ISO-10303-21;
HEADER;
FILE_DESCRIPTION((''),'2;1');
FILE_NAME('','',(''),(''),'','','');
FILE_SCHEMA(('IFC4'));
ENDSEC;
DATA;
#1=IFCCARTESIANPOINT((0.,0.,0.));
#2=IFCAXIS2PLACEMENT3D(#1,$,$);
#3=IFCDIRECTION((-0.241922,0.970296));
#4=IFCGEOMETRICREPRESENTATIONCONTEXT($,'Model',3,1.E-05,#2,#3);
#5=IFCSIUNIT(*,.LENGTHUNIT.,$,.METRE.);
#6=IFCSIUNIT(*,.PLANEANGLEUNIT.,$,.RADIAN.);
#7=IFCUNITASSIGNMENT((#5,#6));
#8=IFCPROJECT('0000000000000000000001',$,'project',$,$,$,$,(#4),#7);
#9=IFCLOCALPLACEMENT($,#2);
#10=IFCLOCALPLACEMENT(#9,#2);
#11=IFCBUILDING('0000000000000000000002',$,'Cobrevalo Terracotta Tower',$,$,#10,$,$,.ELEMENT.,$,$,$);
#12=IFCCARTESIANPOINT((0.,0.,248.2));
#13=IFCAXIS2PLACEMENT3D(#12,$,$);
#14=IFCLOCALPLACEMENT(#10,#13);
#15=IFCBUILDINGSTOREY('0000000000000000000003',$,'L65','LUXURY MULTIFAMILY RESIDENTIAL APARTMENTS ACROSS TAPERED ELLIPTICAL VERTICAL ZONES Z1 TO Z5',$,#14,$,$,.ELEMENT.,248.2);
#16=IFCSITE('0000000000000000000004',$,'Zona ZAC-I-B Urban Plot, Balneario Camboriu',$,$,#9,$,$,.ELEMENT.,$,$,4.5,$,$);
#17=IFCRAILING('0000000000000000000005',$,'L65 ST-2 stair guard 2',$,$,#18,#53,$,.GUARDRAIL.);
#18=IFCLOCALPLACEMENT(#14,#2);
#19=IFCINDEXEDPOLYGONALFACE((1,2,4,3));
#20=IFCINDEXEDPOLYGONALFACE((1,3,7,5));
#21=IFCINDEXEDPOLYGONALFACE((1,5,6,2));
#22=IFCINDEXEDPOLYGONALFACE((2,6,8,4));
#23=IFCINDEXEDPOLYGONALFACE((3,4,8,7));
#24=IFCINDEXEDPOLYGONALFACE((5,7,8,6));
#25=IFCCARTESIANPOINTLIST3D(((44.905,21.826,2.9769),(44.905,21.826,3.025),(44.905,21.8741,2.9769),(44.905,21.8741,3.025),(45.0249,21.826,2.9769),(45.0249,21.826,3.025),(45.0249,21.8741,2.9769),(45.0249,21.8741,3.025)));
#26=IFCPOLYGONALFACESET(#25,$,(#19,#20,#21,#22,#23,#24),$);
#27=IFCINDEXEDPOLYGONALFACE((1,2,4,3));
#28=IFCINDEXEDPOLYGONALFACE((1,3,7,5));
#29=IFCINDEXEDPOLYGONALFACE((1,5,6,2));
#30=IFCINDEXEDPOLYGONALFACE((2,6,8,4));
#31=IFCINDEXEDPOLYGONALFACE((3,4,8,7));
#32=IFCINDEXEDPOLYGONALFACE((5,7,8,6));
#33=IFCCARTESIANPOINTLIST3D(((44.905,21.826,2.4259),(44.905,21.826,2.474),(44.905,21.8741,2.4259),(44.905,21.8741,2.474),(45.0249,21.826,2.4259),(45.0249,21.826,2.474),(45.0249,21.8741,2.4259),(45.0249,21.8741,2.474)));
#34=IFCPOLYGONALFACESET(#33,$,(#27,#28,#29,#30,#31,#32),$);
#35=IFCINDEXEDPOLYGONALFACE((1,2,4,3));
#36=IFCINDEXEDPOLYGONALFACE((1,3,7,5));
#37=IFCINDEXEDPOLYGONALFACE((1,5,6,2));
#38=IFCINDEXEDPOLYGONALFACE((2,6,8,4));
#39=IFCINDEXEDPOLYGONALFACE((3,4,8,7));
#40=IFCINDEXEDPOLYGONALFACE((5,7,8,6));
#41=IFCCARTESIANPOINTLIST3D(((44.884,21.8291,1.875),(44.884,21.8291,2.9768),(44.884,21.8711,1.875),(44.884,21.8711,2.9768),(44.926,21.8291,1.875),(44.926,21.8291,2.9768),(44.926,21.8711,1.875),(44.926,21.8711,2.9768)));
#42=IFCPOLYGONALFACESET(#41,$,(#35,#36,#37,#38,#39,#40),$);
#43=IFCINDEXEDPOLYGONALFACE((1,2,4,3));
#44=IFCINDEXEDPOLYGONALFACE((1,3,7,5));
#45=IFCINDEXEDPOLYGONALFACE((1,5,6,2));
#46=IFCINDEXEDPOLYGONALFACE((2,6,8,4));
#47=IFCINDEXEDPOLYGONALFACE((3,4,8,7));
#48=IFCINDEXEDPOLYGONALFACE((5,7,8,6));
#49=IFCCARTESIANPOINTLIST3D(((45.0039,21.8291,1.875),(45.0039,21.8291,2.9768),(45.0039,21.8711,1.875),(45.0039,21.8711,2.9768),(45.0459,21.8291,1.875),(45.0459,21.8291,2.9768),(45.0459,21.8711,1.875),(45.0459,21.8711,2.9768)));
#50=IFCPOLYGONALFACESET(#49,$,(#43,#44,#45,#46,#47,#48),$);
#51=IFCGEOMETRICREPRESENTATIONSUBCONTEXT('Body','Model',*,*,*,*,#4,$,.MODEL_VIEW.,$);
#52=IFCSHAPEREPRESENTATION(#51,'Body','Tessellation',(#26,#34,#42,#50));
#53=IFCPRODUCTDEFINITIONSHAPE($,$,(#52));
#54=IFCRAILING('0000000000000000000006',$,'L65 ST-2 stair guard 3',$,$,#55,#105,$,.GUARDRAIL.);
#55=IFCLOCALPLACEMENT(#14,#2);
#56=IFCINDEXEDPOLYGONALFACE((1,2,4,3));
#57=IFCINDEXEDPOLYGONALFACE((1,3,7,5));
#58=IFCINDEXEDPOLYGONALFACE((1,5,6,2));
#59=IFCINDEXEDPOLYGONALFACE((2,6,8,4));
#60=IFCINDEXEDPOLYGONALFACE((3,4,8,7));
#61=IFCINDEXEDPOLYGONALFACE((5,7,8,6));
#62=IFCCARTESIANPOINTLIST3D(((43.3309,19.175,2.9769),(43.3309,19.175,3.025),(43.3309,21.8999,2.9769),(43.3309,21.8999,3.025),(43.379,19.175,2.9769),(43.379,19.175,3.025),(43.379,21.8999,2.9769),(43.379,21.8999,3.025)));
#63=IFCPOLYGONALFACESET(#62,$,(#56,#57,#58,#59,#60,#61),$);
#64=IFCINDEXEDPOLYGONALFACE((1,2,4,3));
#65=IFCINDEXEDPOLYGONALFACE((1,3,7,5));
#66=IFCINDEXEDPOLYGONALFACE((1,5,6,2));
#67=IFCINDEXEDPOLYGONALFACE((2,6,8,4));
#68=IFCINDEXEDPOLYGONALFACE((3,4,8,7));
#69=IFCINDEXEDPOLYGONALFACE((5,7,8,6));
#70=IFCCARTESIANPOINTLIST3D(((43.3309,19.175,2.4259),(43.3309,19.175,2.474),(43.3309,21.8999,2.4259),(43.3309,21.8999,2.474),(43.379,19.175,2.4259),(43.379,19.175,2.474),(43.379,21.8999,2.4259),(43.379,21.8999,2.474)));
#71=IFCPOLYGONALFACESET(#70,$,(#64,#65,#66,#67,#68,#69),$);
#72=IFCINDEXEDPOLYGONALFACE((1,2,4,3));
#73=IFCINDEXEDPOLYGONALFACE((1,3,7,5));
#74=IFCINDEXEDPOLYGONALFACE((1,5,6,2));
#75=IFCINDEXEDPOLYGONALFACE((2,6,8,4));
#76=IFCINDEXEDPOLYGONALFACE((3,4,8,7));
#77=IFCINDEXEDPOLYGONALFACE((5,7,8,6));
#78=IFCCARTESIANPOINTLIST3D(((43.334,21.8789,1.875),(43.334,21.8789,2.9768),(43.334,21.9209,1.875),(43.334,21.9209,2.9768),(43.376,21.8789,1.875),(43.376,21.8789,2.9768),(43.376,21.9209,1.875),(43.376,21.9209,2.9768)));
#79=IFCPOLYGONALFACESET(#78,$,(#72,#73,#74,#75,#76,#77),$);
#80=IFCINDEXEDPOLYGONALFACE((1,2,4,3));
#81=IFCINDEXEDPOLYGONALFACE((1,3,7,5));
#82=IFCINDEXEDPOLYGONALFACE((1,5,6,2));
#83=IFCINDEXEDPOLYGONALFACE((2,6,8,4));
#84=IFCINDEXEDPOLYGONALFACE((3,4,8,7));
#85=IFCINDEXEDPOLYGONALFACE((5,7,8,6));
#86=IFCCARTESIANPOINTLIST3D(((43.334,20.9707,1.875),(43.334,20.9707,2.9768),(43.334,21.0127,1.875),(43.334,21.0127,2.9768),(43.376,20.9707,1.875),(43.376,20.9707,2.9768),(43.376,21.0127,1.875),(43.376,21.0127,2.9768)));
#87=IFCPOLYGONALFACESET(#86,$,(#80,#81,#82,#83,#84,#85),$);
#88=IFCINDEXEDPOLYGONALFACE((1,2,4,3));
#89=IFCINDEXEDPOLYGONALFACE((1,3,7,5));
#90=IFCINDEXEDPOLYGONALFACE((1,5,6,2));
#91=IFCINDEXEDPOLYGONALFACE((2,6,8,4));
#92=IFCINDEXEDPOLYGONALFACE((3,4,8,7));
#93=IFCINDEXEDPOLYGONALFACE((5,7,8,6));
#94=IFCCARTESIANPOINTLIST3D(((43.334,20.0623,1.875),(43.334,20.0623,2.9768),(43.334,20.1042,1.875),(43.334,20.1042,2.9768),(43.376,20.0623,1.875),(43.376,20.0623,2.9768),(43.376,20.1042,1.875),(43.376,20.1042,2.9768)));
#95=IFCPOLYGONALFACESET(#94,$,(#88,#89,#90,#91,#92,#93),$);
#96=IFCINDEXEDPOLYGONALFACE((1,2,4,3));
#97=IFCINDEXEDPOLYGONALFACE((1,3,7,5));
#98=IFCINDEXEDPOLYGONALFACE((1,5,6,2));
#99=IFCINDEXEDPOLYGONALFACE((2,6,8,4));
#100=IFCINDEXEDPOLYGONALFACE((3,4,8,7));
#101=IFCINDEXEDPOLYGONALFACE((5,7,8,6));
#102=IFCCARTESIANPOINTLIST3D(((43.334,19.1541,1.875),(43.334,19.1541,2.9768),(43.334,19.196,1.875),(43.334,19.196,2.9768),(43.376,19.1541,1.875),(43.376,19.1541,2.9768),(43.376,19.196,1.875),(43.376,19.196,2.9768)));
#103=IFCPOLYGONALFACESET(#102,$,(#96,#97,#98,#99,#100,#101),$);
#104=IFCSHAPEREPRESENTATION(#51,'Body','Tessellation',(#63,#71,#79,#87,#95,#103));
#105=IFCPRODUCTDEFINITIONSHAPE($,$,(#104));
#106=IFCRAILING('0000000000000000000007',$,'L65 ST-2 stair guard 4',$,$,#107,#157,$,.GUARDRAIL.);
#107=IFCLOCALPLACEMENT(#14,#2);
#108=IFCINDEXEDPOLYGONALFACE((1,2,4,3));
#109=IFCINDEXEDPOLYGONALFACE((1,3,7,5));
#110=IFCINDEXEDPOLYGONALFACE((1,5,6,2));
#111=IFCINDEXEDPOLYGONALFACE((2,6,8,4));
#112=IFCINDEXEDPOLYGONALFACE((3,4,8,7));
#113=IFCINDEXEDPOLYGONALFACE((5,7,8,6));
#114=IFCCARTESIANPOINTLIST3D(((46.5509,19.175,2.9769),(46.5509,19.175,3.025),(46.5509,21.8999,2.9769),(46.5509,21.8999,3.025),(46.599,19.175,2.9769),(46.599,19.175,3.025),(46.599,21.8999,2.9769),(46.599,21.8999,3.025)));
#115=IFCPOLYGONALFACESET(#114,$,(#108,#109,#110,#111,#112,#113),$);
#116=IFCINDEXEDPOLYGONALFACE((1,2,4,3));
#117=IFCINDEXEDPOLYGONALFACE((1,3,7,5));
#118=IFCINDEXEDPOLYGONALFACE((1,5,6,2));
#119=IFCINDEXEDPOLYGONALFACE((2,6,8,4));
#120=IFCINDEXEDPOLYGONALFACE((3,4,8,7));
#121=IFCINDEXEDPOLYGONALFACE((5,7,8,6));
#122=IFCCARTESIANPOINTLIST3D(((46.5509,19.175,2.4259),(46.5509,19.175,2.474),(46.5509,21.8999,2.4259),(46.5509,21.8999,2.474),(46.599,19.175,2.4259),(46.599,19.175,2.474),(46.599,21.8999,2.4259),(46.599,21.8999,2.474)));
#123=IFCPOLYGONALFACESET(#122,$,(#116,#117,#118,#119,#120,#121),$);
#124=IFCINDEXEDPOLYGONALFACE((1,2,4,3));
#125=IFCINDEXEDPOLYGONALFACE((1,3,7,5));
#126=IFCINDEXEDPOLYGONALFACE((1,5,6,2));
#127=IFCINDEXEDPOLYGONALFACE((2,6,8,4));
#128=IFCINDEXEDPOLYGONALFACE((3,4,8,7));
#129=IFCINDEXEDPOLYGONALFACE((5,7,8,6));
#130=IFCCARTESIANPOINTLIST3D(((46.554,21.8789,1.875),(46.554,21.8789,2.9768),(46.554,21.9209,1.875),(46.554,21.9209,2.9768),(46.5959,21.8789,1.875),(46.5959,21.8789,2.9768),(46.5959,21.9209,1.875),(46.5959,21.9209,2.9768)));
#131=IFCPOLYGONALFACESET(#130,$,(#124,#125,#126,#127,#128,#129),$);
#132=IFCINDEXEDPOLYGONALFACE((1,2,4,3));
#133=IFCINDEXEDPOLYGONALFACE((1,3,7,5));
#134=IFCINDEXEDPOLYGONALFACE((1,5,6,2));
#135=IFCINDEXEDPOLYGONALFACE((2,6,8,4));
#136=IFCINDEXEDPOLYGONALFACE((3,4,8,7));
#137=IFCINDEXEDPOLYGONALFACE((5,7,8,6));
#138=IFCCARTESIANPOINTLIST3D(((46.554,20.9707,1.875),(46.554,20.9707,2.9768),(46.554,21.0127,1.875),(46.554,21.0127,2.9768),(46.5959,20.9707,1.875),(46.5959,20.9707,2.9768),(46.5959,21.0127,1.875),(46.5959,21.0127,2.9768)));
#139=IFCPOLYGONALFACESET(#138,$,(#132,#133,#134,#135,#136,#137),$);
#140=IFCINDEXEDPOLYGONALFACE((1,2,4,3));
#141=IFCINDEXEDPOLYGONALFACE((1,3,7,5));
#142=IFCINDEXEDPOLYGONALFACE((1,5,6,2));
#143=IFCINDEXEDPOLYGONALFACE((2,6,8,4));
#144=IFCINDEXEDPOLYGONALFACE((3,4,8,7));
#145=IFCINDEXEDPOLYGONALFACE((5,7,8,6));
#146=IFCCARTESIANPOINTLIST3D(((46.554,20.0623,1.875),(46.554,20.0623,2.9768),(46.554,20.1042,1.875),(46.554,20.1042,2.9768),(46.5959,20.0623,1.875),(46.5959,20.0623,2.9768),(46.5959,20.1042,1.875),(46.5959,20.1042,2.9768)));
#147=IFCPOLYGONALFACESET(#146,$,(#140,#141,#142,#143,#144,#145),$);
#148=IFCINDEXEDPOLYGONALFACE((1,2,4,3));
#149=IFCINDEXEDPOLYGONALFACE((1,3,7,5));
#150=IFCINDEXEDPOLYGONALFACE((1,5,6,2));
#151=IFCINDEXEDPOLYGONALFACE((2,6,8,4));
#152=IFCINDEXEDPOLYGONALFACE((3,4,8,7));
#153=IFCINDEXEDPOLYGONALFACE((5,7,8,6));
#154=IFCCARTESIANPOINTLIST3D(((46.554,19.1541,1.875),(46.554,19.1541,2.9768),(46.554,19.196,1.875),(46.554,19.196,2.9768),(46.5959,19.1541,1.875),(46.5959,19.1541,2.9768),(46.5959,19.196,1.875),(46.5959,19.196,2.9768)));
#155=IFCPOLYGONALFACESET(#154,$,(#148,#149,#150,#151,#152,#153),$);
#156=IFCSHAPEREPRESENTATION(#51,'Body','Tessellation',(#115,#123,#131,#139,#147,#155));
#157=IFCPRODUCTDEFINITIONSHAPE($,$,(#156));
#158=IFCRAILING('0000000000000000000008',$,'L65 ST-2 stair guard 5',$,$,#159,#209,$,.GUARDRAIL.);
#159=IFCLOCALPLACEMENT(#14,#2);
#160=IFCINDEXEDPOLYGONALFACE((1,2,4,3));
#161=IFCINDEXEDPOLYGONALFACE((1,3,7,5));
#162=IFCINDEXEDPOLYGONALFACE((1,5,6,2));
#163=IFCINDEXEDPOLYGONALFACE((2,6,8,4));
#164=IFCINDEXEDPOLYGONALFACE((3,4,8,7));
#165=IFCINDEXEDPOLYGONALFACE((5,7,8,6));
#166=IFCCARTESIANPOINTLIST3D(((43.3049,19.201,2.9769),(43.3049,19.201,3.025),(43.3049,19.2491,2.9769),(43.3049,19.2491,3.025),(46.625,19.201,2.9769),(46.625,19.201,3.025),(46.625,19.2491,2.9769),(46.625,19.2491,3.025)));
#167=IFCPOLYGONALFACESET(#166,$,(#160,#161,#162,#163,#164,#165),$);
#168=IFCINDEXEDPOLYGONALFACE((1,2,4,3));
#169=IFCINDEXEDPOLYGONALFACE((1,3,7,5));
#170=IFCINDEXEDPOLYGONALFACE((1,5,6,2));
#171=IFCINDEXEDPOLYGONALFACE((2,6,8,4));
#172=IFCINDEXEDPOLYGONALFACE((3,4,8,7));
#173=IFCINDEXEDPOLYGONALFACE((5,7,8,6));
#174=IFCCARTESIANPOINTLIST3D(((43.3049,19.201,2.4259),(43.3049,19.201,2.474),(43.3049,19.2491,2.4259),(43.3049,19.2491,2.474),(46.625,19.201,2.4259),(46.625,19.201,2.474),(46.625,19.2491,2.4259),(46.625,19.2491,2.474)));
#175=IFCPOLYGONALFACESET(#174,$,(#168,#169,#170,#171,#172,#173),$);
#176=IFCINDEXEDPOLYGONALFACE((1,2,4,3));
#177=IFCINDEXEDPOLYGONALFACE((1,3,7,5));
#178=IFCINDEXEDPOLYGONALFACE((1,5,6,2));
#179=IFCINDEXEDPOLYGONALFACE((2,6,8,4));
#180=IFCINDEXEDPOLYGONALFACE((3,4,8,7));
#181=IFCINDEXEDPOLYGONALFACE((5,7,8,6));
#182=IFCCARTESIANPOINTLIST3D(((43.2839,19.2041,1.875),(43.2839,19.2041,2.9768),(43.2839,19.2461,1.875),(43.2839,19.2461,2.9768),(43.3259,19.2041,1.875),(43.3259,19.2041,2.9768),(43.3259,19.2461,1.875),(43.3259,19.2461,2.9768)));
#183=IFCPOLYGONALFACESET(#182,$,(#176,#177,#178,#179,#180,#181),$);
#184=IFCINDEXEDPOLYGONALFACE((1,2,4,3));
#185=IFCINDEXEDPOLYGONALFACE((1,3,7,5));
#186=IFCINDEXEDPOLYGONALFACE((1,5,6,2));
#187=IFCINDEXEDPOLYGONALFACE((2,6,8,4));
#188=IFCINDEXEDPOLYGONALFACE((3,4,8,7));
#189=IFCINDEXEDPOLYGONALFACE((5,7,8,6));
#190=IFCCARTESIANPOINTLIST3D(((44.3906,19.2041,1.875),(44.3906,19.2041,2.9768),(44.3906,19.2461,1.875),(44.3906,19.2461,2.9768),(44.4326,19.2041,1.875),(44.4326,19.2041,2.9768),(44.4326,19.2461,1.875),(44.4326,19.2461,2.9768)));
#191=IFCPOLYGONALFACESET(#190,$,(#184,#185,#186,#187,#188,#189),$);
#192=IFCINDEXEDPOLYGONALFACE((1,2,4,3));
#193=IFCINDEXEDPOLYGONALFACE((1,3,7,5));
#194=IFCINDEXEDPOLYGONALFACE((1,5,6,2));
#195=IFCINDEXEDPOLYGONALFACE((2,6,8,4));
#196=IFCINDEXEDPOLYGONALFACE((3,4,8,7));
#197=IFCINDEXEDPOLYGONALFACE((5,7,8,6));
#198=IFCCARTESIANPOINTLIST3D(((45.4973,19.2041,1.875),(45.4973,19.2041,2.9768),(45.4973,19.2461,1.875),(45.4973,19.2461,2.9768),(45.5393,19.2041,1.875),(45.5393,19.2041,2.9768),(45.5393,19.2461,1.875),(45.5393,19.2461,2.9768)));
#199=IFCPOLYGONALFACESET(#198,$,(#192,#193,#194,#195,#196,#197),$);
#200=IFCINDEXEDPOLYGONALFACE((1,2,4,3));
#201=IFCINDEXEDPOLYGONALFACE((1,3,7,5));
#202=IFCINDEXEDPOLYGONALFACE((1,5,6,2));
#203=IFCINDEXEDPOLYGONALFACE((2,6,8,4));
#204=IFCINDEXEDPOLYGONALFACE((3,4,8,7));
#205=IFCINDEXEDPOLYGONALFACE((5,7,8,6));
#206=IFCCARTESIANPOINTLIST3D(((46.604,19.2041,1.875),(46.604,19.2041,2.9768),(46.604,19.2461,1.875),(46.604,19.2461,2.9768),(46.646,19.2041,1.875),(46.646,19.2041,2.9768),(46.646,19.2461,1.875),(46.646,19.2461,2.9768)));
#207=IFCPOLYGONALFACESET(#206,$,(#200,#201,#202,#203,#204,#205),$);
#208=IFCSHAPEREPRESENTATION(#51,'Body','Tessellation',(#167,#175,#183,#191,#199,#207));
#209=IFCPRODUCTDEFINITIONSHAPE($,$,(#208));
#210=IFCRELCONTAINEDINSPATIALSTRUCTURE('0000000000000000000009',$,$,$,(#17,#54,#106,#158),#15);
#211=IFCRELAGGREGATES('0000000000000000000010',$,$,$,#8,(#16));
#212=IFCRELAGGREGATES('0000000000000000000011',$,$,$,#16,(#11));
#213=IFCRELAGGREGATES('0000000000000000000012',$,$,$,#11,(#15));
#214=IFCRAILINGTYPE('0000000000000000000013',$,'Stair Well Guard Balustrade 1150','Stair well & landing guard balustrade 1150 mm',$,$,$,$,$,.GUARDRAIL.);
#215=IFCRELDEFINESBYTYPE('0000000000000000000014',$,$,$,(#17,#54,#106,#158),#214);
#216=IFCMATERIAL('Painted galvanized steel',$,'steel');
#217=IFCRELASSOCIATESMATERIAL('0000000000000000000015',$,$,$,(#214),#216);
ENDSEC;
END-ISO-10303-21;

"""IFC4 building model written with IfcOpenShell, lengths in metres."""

from ifc_helpers import new_model, si_unit, direction, frame, origin, origin_2d, place, context, subcontext, project, spatial, rectangle, extrude, material, type_object, element, save


model = new_model("IFC4")

# Units and contexts
model_context = context("Model", 3, precision=1e-05, world=origin(), true_north=direction((-0.241922, 0.970296)))
body_context = subcontext(model_context, "Body", "Model", "MODEL_VIEW")
ifc_project = project(units=[si_unit("LENGTHUNIT", "METRE"), si_unit("PLANEANGLEUNIT", "RADIAN")], contexts=[model_context])

# Site, building, storey
site_placement = place(None, origin())
site = spatial("IfcSite", under=ifc_project, at=site_placement, Name="Zona ZAC-I-B Urban Plot, Balneario Camboriu", CompositionType="ELEMENT", RefElevation=4.5)
building_placement = place(site_placement, origin())
building = spatial("IfcBuilding", under=site, at=building_placement, Name="Cobrevalo Terracotta Tower", CompositionType="ELEMENT")
storey_placement = place(building_placement, frame((0.0, 0.0, 248.2)))
storey = spatial("IfcBuildingStorey", under=building, at=storey_placement, Name="L65", Description="LUXURY MULTIFAMILY RESIDENTIAL APARTMENTS ACROSS TAPERED ELLIPTICAL VERTICAL ZONES Z1 TO Z5", CompositionType="ELEMENT", Elevation=248.2)

# Railings
ifc_material_1 = material(Name="Painted galvanized steel", Category="steel")
railing_type_1 = type_object("IfcRailingType", Name="Stair Well Guard Balustrade 1150", Description="Stair well & landing guard balustrade 1150 mm", PredefinedType="GUARDRAIL", material=ifc_material_1)
railing_1_placement = place(storey_placement, frame((44.905, 21.8501, 1.875)))
element("IfcRailing", 1, at=railing_1_placement, inside=storey, type_object=railing_type_1, Name="L65 ST-2 stair guard 2", PredefinedType="GUARDRAIL", context=body_context, shape_type="SweptSolid", body=[
    extrude(rectangle(XDim=0.0481, YDim=0.0481, at=origin_2d()), frame((0.0, 0.0, 1.126), z_axis=(1.0, 0.0, 0.0), x_axis=(0.0, 1.0, 0.0)), (0.0, 0.0, 1.0), 0.1199),
    extrude(rectangle(XDim=0.0481, YDim=0.0481, at=origin_2d()), frame((0.0, 0.0, 0.575), z_axis=(1.0, 0.0, 0.0), x_axis=(0.0, 1.0, 0.0)), (0.0, 0.0, 1.0), 0.1199),
    extrude(rectangle(XDim=0.042, YDim=0.042, at=origin_2d()), origin(), (0.0, 0.0, 1.0), 1.1018),
    extrude(rectangle(XDim=0.042, YDim=0.042, at=origin_2d()), frame((0.1199, 0.0, 0.0)), (0.0, 0.0, 1.0), 1.1018),
])
for number, where, name in (
    (2, (43.355, 21.8999, 1.875), "L65 ST-2 stair guard 3"),
    (3, (46.575, 21.8999, 1.875), "L65 ST-2 stair guard 4"),
):
    element("IfcRailing", number, at=place(storey_placement, frame(where)), inside=storey, type_object=railing_type_1, Name=name, PredefinedType="GUARDRAIL", context=body_context, shape_type="SweptSolid", body=[
        extrude(rectangle(XDim=0.0481, YDim=0.0481, at=origin_2d()), frame((0.0, 0.0, 1.126), z_axis=(0.0, -1.0, 0.0), x_axis=(1.0, 0.0, 0.0)), (0.0, 0.0, 1.0), 2.7249),
        extrude(rectangle(XDim=0.0481, YDim=0.0481, at=origin_2d()), frame((0.0, 0.0, 0.575), z_axis=(0.0, -1.0, 0.0), x_axis=(1.0, 0.0, 0.0)), (0.0, 0.0, 1.0), 2.7249),
        extrude(rectangle(XDim=0.042, YDim=0.042, at=origin_2d()), origin(), (0.0, 0.0, 1.0), 1.1018),
        extrude(rectangle(XDim=0.042, YDim=0.042, at=origin_2d()), frame((0.0, -0.9082, 0.0)), (0.0, 0.0, 1.0), 1.1018),
        extrude(rectangle(XDim=0.042, YDim=0.042, at=origin_2d()), frame((0.0, -1.8167, 0.0)), (0.0, 0.0, 1.0), 1.1018),
        extrude(rectangle(XDim=0.042, YDim=0.042, at=origin_2d()), frame((0.0, -2.7249, 0.0)), (0.0, 0.0, 1.0), 1.1018),
    ])
railing_2_placement = place(storey_placement, frame((43.3049, 19.2251, 1.875)))
element("IfcRailing", 4, at=railing_2_placement, inside=storey, type_object=railing_type_1, Name="L65 ST-2 stair guard 5", PredefinedType="GUARDRAIL", context=body_context, shape_type="SweptSolid", body=[
    extrude(rectangle(XDim=0.0481, YDim=0.0481, at=origin_2d()), frame((0.0, 0.0, 1.126), z_axis=(1.0, 0.0, 0.0), x_axis=(0.0, 1.0, 0.0)), (0.0, 0.0, 1.0), 3.3201),
    extrude(rectangle(XDim=0.0481, YDim=0.0481, at=origin_2d()), frame((0.0, 0.0, 0.575), z_axis=(1.0, 0.0, 0.0), x_axis=(0.0, 1.0, 0.0)), (0.0, 0.0, 1.0), 3.3201),
    extrude(rectangle(XDim=0.042, YDim=0.042, at=origin_2d()), origin(), (0.0, 0.0, 1.0), 1.1018),
    extrude(rectangle(XDim=0.042, YDim=0.042, at=origin_2d()), frame((1.1067, 0.0, 0.0)), (0.0, 0.0, 1.0), 1.1018),
    extrude(rectangle(XDim=0.042, YDim=0.042, at=origin_2d()), frame((2.2134, 0.0, 0.0)), (0.0, 0.0, 1.0), 1.1018),
    extrude(rectangle(XDim=0.042, YDim=0.042, at=origin_2d()), frame((3.3201, 0.0, 0.0)), (0.0, 0.0, 1.0), 1.1018),
])

save(model, "model.ifc")
